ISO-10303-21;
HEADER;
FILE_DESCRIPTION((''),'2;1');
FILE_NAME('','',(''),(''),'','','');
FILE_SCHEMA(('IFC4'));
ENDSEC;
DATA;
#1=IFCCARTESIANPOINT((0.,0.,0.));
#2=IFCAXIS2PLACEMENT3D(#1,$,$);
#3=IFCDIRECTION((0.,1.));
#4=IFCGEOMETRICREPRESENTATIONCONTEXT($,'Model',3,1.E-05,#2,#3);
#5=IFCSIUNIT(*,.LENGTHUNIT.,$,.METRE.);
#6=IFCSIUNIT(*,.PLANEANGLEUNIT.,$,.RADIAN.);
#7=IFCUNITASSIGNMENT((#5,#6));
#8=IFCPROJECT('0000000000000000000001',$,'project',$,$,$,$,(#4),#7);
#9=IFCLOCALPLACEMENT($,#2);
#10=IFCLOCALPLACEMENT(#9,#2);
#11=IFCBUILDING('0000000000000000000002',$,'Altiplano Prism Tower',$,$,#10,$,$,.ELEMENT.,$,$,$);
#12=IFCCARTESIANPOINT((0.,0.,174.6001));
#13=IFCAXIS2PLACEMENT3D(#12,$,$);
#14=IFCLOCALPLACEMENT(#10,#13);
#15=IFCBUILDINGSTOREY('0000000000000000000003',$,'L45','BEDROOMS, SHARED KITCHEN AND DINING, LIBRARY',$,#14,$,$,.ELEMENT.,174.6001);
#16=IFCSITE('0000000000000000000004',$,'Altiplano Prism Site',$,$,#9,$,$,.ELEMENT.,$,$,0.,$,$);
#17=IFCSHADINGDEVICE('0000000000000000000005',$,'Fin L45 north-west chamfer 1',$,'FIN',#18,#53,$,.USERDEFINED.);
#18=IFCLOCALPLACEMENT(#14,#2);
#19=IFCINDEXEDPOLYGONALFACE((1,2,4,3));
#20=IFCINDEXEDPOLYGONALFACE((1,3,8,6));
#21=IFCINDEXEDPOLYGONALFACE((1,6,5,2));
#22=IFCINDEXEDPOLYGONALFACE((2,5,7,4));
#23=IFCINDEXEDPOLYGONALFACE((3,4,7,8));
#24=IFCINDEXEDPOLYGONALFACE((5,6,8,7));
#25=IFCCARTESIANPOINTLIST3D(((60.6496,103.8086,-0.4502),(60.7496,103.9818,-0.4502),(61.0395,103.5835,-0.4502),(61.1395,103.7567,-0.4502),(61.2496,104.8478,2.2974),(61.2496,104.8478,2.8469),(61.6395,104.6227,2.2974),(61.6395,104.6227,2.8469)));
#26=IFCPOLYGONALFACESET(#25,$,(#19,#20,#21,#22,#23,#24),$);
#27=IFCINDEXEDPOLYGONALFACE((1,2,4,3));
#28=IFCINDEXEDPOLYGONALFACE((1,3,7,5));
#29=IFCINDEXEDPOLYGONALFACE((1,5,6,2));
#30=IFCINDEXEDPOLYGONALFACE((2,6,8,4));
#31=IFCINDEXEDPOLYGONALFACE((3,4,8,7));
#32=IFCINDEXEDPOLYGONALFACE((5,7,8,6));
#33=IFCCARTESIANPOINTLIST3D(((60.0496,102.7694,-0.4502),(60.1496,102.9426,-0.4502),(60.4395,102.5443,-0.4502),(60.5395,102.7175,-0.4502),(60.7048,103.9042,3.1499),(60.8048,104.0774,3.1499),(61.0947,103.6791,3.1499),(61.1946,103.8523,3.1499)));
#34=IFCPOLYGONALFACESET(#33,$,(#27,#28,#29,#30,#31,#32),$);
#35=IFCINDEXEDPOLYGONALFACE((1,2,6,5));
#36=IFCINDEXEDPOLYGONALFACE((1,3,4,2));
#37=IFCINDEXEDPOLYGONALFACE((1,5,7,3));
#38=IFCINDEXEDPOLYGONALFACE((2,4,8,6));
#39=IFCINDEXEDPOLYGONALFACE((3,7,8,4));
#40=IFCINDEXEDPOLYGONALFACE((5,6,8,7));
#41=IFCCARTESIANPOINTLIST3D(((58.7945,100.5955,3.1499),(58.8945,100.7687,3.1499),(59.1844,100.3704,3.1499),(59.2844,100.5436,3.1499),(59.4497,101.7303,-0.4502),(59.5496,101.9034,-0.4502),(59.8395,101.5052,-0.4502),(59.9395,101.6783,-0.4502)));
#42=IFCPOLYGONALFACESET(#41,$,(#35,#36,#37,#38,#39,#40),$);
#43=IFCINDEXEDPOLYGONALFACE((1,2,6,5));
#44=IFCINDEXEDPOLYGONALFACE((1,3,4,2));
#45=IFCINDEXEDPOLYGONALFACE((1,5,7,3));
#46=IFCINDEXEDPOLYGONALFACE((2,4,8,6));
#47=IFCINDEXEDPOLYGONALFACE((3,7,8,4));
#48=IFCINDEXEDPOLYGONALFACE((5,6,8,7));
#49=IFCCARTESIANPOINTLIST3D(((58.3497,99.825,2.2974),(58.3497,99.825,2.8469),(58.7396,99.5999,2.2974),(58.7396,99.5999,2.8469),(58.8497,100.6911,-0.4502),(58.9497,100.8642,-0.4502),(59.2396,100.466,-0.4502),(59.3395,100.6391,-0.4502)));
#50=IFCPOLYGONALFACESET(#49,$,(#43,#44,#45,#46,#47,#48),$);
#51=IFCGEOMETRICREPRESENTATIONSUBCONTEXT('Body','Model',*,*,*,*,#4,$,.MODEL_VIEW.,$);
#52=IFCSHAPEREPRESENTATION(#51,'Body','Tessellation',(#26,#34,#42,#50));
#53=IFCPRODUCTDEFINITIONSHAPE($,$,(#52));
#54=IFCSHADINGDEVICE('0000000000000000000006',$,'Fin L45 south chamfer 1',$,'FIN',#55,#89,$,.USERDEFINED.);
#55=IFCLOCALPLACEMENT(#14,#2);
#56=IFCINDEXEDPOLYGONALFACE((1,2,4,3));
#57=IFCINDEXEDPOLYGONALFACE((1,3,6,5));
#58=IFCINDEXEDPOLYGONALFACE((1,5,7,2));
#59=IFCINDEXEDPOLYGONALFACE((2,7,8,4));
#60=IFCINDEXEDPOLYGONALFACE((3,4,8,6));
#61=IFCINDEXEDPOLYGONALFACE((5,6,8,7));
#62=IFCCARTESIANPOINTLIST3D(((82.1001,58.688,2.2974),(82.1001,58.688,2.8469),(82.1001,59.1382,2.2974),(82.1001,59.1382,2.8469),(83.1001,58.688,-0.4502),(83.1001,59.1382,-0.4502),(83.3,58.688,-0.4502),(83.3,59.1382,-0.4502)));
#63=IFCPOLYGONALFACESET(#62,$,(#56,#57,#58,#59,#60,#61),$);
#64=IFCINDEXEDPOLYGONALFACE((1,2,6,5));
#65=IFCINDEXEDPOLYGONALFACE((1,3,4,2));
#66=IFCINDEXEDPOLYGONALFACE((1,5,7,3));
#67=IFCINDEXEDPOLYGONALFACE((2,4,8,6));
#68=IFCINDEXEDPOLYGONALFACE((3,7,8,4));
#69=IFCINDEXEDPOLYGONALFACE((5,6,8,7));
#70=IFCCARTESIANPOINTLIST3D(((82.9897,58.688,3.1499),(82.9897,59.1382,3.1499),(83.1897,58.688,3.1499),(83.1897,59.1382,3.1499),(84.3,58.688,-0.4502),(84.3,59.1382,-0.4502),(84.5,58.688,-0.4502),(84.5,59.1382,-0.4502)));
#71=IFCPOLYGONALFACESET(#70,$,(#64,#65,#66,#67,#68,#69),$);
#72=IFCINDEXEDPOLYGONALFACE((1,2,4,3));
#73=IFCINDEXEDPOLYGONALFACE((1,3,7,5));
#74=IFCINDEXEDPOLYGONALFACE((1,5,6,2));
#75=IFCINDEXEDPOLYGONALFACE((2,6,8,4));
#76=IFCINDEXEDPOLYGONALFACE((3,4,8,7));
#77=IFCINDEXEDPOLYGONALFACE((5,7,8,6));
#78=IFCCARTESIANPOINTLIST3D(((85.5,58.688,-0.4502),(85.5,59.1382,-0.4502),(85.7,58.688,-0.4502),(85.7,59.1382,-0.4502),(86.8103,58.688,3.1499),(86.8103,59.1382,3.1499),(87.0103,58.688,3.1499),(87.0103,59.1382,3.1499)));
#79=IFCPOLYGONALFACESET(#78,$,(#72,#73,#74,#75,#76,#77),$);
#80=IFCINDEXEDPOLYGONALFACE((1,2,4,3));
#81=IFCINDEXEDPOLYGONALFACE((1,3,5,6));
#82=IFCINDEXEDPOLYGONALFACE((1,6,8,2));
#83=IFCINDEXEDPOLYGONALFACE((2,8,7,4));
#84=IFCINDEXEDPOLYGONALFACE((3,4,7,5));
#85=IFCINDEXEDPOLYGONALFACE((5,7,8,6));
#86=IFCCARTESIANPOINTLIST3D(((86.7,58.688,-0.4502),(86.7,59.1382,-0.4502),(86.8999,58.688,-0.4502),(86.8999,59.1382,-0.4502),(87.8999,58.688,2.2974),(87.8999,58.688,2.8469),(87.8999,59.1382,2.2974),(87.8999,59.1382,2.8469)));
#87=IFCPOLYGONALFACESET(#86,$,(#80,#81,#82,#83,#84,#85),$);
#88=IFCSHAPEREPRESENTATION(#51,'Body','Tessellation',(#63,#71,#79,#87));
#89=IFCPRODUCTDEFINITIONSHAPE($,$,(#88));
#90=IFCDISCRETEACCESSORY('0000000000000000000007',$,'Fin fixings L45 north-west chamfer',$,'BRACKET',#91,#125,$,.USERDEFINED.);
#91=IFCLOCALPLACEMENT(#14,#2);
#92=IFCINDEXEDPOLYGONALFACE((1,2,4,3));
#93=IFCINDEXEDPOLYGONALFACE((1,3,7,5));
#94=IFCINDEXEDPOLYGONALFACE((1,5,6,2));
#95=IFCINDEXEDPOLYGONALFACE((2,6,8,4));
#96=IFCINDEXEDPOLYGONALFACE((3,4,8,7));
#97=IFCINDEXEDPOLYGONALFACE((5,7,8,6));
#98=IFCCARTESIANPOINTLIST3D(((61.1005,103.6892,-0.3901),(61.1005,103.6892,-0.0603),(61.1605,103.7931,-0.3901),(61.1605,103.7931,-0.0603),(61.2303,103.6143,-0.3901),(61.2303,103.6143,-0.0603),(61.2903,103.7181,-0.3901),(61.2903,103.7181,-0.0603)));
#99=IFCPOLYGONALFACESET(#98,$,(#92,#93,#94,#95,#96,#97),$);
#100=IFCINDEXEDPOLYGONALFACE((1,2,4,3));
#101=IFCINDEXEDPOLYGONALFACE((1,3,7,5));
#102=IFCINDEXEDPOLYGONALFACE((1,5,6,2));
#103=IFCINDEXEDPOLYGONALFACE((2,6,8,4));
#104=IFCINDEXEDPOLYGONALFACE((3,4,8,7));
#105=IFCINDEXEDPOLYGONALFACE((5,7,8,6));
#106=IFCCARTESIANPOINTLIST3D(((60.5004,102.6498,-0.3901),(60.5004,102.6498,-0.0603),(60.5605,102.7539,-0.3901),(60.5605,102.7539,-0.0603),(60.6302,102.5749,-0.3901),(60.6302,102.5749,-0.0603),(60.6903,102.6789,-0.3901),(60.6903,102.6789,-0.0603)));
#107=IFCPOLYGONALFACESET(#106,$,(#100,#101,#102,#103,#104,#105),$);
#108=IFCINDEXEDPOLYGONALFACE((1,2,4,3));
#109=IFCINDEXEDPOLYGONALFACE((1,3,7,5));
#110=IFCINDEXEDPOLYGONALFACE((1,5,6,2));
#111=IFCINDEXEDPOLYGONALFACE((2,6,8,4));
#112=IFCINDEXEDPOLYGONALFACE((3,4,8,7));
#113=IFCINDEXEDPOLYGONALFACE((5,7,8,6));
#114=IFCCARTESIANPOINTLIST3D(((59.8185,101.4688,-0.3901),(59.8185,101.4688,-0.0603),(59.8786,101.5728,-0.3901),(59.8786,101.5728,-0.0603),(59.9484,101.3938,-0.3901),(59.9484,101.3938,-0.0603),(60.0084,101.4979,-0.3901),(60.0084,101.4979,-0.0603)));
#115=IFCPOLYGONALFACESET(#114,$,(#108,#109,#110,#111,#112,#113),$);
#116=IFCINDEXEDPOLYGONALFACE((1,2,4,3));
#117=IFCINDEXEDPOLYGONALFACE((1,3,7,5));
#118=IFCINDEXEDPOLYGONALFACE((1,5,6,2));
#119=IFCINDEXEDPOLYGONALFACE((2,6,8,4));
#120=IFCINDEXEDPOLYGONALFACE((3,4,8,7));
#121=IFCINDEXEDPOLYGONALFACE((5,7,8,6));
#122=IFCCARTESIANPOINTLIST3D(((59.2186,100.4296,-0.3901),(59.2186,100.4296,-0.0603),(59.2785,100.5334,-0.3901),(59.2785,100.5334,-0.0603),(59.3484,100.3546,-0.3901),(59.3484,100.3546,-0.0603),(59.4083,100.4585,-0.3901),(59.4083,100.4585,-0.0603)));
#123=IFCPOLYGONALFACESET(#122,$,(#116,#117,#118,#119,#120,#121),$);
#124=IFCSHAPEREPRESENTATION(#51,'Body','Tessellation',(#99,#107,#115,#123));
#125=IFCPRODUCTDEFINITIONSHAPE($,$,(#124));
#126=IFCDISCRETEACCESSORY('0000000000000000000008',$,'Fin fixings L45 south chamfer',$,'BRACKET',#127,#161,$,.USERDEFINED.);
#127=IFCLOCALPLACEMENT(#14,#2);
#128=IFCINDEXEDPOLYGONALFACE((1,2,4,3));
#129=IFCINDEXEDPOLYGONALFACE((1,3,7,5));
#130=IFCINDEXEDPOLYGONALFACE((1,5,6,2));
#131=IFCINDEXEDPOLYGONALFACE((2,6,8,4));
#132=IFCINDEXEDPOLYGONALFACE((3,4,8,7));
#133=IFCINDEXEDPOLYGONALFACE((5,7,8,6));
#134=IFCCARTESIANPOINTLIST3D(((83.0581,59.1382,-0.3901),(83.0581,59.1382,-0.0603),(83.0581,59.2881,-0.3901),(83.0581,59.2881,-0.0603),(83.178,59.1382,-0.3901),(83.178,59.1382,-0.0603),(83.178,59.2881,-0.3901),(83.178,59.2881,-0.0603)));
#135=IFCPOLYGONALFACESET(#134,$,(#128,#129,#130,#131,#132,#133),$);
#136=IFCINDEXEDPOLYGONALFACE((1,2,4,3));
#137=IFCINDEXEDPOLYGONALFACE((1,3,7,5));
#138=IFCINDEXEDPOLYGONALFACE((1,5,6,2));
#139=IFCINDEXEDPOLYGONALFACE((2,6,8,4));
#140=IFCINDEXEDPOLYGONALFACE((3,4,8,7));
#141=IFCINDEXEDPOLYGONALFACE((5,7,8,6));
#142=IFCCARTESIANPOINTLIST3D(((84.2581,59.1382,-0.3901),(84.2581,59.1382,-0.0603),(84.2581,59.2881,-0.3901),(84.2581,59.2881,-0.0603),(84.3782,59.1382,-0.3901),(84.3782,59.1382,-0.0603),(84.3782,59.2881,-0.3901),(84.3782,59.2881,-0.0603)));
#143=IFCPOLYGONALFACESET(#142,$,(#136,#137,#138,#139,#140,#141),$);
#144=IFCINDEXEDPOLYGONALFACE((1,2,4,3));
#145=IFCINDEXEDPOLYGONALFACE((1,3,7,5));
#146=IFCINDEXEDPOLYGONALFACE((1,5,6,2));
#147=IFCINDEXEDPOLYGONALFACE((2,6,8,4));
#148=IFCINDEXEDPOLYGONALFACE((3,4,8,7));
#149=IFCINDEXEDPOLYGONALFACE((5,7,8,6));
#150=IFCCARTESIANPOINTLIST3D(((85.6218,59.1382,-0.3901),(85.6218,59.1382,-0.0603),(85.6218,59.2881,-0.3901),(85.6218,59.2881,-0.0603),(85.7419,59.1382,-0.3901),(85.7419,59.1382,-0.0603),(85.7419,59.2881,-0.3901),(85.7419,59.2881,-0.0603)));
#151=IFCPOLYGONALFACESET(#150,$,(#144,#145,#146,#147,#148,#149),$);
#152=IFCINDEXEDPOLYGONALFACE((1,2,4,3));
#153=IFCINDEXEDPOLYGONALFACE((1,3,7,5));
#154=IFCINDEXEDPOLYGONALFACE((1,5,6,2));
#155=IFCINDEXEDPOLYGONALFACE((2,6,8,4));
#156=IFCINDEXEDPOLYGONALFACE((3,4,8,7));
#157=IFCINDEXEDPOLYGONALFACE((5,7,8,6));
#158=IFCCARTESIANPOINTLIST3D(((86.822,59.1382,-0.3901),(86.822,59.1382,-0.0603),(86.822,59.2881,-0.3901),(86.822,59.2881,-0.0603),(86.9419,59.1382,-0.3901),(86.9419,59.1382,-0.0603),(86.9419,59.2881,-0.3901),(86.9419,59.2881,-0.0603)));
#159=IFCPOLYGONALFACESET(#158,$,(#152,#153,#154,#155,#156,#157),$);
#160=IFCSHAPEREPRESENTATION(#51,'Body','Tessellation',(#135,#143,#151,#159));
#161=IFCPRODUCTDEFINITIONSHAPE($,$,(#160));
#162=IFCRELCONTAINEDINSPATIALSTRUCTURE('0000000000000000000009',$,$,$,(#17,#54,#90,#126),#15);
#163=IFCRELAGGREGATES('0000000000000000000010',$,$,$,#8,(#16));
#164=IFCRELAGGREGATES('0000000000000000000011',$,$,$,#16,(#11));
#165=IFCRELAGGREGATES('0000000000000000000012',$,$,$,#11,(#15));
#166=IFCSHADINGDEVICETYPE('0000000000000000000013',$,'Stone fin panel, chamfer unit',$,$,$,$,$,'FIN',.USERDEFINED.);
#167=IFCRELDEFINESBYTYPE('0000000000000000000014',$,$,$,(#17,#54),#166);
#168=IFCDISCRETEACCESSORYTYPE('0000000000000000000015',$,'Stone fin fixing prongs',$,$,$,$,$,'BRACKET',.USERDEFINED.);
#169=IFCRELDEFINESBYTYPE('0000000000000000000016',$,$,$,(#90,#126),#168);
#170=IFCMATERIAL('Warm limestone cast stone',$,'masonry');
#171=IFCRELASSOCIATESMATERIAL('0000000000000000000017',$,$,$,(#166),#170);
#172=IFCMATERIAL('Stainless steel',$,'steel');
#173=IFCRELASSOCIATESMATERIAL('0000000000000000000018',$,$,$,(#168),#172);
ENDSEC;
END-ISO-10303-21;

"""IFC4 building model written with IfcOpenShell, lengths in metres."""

from ifc_helpers import new_model, si_unit, direction, frame, origin, place, context, subcontext, project, spatial, polyline, outline, extrude, source, transform, mapped, material, type_object, element, save


model = new_model("IFC4")

# Units and contexts
model_context = context("Model", 3, precision=1e-05, world=origin(), true_north=direction((0.0, 1.0)))
body_context = subcontext(model_context, "Body", "Model", "MODEL_VIEW")
ifc_project = project(units=[si_unit("LENGTHUNIT", "METRE"), si_unit("PLANEANGLEUNIT", "RADIAN")], contexts=[model_context])

# Site, building, storey
site_placement = place(None, origin())
site = spatial("IfcSite", under=ifc_project, at=site_placement, Name="Altiplano Prism Site", CompositionType="ELEMENT", RefElevation=0.0)
building_placement = place(site_placement, origin())
building = spatial("IfcBuilding", under=site, at=building_placement, Name="Altiplano Prism Tower", CompositionType="ELEMENT")
storey_placement = place(building_placement, frame((0.0, 0.0, 174.6001)))
storey = spatial("IfcBuildingStorey", under=building, at=storey_placement, Name="L45", Description="BEDROOMS, SHARED KITCHEN AND DINING, LIBRARY", CompositionType="ELEMENT", Elevation=174.6001)

# Shading devices
ifc_material_1 = material(Name="Warm limestone cast stone", Category="masonry")
shading_device_type_1 = type_object("IfcShadingDeviceType", Name="Stone fin panel, chamfer unit", ElementType="FIN", PredefinedType="USERDEFINED", material=ifc_material_1)
shared_shape_1 = source(origin(), body_context, "Body", "SweptSolid", [
    extrude(outline(polyline([(-2.8999, 3.2971), (-2.8999, 2.7476), (-1.8999, 0.0), (-1.7, 0.0), (-2.8999, 3.2971)])), frame((0.0, -0.1499, 0.0), z_axis=(0.0, -1.0, 0.0), x_axis=(1.0, 0.0, 0.0)), (0.0, 0.0, 1.0), 0.4502),
    extrude(outline(polyline([(-2.0103, 3.6001), (-0.7, 0.0), (-0.5, 0.0), (-1.8103, 3.6001), (-2.0103, 3.6001)])), frame((0.0, -0.1499, 0.0), z_axis=(0.0, -1.0, 0.0), x_axis=(1.0, 0.0, 0.0)), (0.0, 0.0, 1.0), 0.4502),
    extrude(outline(polyline([(1.8103, 3.6001), (0.5, 0.0), (0.7, 0.0), (2.0103, 3.6001), (1.8103, 3.6001)])), frame((0.0, -0.1499, 0.0), z_axis=(0.0, -1.0, 0.0), x_axis=(1.0, 0.0, 0.0)), (0.0, 0.0, 1.0), 0.4502),
    extrude(outline(polyline([(2.8999, 2.7476), (2.8999, 3.2971), (1.7, 0.0), (1.8999, 0.0), (2.8999, 2.7476)])), frame((0.0, -0.1499, 0.0), z_axis=(0.0, -1.0, 0.0), x_axis=(1.0, 0.0, 0.0)), (0.0, 0.0, 1.0), 0.4502),
])
shading_device_1_placement = place(storey_placement, origin())
element("IfcShadingDevice", 1, at=shading_device_1_placement, inside=storey, type_object=shading_device_type_1, Name="Fin L45 north-west chamfer 1", ObjectType="FIN", PredefinedType="USERDEFINED", context=body_context, shape_type="MappedRepresentation", body=[
    mapped(shared_shape_1, transform((60.3193, 102.0364, -0.4502), x_axis=(-0.5, -0.866025, 0.0), y_axis=(0.866025, -0.5, 0.0), z_axis=(0.0, 0.0, 1.0))),
])
shading_device_2_placement = place(storey_placement, origin())
element("IfcShadingDevice", 2, at=shading_device_2_placement, inside=storey, type_object=shading_device_type_1, Name="Fin L45 south chamfer 1", ObjectType="FIN", PredefinedType="USERDEFINED", context=body_context, shape_type="MappedRepresentation", body=[
    mapped(shared_shape_1, transform((85.0, 59.2881, -0.4502), x_axis=(1.0, 0.0, 0.0), y_axis=(0.0, 1.0, 0.0), z_axis=(0.0, 0.0, 1.0))),
])

# Discrete accessories
ifc_material_2 = material(Name="Stainless steel", Category="steel")
discrete_accessory_type = type_object("IfcDiscreteAccessoryType", Name="Stone fin fixing prongs", ElementType="BRACKET", PredefinedType="USERDEFINED", material=ifc_material_2)
shared_shape_2 = source(origin(), body_context, "Body", "SweptSolid", [
    extrude(outline(polyline([(-1.9419, 0.0601), (-1.822, 0.0601), (-1.822, 0.3899), (-1.9419, 0.3899), (-1.9419, 0.0601)])), frame((0.0, 0.0, 0.0), z_axis=(0.0, -1.0, 0.0), x_axis=(1.0, 0.0, 0.0)), (0.0, 0.0, 1.0), 0.1499),
    extrude(outline(polyline([(-0.7419, 0.0601), (-0.6218, 0.0601), (-0.6218, 0.3899), (-0.7419, 0.3899), (-0.7419, 0.0601)])), frame((0.0, 0.0, 0.0), z_axis=(0.0, -1.0, 0.0), x_axis=(1.0, 0.0, 0.0)), (0.0, 0.0, 1.0), 0.1499),
    extrude(outline(polyline([(0.6218, 0.0601), (0.7419, 0.0601), (0.7419, 0.3899), (0.6218, 0.3899), (0.6218, 0.0601)])), frame((0.0, 0.0, 0.0), z_axis=(0.0, -1.0, 0.0), x_axis=(1.0, 0.0, 0.0)), (0.0, 0.0, 1.0), 0.1499),
    extrude(outline(polyline([(1.822, 0.0601), (1.9419, 0.0601), (1.9419, 0.3899), (1.822, 0.3899), (1.822, 0.0601)])), frame((0.0, 0.0, 0.0), z_axis=(0.0, -1.0, 0.0), x_axis=(1.0, 0.0, 0.0)), (0.0, 0.0, 1.0), 0.1499),
])
discrete_accessory_1_placement = place(storey_placement, origin())
element("IfcDiscreteAccessory", 3, at=discrete_accessory_1_placement, inside=storey, type_object=discrete_accessory_type, Name="Fin fixings L45 north-west chamfer", ObjectType="BRACKET", PredefinedType="USERDEFINED", context=body_context, shape_type="MappedRepresentation", body=[
    mapped(shared_shape_2, transform((60.3193, 102.0364, -0.4502), x_axis=(-0.5, -0.866025, 0.0), y_axis=(0.866025, -0.5, 0.0), z_axis=(0.0, 0.0, 1.0))),
])
discrete_accessory_2_placement = place(storey_placement, origin())
element("IfcDiscreteAccessory", 4, at=discrete_accessory_2_placement, inside=storey, type_object=discrete_accessory_type, Name="Fin fixings L45 south chamfer", ObjectType="BRACKET", PredefinedType="USERDEFINED", context=body_context, shape_type="MappedRepresentation", body=[
    mapped(shared_shape_2, transform((85.0, 59.2881, -0.4502), x_axis=(1.0, 0.0, 0.0), y_axis=(0.0, 1.0, 0.0), z_axis=(0.0, 0.0, 1.0))),
])

save(model, "model.ifc")
